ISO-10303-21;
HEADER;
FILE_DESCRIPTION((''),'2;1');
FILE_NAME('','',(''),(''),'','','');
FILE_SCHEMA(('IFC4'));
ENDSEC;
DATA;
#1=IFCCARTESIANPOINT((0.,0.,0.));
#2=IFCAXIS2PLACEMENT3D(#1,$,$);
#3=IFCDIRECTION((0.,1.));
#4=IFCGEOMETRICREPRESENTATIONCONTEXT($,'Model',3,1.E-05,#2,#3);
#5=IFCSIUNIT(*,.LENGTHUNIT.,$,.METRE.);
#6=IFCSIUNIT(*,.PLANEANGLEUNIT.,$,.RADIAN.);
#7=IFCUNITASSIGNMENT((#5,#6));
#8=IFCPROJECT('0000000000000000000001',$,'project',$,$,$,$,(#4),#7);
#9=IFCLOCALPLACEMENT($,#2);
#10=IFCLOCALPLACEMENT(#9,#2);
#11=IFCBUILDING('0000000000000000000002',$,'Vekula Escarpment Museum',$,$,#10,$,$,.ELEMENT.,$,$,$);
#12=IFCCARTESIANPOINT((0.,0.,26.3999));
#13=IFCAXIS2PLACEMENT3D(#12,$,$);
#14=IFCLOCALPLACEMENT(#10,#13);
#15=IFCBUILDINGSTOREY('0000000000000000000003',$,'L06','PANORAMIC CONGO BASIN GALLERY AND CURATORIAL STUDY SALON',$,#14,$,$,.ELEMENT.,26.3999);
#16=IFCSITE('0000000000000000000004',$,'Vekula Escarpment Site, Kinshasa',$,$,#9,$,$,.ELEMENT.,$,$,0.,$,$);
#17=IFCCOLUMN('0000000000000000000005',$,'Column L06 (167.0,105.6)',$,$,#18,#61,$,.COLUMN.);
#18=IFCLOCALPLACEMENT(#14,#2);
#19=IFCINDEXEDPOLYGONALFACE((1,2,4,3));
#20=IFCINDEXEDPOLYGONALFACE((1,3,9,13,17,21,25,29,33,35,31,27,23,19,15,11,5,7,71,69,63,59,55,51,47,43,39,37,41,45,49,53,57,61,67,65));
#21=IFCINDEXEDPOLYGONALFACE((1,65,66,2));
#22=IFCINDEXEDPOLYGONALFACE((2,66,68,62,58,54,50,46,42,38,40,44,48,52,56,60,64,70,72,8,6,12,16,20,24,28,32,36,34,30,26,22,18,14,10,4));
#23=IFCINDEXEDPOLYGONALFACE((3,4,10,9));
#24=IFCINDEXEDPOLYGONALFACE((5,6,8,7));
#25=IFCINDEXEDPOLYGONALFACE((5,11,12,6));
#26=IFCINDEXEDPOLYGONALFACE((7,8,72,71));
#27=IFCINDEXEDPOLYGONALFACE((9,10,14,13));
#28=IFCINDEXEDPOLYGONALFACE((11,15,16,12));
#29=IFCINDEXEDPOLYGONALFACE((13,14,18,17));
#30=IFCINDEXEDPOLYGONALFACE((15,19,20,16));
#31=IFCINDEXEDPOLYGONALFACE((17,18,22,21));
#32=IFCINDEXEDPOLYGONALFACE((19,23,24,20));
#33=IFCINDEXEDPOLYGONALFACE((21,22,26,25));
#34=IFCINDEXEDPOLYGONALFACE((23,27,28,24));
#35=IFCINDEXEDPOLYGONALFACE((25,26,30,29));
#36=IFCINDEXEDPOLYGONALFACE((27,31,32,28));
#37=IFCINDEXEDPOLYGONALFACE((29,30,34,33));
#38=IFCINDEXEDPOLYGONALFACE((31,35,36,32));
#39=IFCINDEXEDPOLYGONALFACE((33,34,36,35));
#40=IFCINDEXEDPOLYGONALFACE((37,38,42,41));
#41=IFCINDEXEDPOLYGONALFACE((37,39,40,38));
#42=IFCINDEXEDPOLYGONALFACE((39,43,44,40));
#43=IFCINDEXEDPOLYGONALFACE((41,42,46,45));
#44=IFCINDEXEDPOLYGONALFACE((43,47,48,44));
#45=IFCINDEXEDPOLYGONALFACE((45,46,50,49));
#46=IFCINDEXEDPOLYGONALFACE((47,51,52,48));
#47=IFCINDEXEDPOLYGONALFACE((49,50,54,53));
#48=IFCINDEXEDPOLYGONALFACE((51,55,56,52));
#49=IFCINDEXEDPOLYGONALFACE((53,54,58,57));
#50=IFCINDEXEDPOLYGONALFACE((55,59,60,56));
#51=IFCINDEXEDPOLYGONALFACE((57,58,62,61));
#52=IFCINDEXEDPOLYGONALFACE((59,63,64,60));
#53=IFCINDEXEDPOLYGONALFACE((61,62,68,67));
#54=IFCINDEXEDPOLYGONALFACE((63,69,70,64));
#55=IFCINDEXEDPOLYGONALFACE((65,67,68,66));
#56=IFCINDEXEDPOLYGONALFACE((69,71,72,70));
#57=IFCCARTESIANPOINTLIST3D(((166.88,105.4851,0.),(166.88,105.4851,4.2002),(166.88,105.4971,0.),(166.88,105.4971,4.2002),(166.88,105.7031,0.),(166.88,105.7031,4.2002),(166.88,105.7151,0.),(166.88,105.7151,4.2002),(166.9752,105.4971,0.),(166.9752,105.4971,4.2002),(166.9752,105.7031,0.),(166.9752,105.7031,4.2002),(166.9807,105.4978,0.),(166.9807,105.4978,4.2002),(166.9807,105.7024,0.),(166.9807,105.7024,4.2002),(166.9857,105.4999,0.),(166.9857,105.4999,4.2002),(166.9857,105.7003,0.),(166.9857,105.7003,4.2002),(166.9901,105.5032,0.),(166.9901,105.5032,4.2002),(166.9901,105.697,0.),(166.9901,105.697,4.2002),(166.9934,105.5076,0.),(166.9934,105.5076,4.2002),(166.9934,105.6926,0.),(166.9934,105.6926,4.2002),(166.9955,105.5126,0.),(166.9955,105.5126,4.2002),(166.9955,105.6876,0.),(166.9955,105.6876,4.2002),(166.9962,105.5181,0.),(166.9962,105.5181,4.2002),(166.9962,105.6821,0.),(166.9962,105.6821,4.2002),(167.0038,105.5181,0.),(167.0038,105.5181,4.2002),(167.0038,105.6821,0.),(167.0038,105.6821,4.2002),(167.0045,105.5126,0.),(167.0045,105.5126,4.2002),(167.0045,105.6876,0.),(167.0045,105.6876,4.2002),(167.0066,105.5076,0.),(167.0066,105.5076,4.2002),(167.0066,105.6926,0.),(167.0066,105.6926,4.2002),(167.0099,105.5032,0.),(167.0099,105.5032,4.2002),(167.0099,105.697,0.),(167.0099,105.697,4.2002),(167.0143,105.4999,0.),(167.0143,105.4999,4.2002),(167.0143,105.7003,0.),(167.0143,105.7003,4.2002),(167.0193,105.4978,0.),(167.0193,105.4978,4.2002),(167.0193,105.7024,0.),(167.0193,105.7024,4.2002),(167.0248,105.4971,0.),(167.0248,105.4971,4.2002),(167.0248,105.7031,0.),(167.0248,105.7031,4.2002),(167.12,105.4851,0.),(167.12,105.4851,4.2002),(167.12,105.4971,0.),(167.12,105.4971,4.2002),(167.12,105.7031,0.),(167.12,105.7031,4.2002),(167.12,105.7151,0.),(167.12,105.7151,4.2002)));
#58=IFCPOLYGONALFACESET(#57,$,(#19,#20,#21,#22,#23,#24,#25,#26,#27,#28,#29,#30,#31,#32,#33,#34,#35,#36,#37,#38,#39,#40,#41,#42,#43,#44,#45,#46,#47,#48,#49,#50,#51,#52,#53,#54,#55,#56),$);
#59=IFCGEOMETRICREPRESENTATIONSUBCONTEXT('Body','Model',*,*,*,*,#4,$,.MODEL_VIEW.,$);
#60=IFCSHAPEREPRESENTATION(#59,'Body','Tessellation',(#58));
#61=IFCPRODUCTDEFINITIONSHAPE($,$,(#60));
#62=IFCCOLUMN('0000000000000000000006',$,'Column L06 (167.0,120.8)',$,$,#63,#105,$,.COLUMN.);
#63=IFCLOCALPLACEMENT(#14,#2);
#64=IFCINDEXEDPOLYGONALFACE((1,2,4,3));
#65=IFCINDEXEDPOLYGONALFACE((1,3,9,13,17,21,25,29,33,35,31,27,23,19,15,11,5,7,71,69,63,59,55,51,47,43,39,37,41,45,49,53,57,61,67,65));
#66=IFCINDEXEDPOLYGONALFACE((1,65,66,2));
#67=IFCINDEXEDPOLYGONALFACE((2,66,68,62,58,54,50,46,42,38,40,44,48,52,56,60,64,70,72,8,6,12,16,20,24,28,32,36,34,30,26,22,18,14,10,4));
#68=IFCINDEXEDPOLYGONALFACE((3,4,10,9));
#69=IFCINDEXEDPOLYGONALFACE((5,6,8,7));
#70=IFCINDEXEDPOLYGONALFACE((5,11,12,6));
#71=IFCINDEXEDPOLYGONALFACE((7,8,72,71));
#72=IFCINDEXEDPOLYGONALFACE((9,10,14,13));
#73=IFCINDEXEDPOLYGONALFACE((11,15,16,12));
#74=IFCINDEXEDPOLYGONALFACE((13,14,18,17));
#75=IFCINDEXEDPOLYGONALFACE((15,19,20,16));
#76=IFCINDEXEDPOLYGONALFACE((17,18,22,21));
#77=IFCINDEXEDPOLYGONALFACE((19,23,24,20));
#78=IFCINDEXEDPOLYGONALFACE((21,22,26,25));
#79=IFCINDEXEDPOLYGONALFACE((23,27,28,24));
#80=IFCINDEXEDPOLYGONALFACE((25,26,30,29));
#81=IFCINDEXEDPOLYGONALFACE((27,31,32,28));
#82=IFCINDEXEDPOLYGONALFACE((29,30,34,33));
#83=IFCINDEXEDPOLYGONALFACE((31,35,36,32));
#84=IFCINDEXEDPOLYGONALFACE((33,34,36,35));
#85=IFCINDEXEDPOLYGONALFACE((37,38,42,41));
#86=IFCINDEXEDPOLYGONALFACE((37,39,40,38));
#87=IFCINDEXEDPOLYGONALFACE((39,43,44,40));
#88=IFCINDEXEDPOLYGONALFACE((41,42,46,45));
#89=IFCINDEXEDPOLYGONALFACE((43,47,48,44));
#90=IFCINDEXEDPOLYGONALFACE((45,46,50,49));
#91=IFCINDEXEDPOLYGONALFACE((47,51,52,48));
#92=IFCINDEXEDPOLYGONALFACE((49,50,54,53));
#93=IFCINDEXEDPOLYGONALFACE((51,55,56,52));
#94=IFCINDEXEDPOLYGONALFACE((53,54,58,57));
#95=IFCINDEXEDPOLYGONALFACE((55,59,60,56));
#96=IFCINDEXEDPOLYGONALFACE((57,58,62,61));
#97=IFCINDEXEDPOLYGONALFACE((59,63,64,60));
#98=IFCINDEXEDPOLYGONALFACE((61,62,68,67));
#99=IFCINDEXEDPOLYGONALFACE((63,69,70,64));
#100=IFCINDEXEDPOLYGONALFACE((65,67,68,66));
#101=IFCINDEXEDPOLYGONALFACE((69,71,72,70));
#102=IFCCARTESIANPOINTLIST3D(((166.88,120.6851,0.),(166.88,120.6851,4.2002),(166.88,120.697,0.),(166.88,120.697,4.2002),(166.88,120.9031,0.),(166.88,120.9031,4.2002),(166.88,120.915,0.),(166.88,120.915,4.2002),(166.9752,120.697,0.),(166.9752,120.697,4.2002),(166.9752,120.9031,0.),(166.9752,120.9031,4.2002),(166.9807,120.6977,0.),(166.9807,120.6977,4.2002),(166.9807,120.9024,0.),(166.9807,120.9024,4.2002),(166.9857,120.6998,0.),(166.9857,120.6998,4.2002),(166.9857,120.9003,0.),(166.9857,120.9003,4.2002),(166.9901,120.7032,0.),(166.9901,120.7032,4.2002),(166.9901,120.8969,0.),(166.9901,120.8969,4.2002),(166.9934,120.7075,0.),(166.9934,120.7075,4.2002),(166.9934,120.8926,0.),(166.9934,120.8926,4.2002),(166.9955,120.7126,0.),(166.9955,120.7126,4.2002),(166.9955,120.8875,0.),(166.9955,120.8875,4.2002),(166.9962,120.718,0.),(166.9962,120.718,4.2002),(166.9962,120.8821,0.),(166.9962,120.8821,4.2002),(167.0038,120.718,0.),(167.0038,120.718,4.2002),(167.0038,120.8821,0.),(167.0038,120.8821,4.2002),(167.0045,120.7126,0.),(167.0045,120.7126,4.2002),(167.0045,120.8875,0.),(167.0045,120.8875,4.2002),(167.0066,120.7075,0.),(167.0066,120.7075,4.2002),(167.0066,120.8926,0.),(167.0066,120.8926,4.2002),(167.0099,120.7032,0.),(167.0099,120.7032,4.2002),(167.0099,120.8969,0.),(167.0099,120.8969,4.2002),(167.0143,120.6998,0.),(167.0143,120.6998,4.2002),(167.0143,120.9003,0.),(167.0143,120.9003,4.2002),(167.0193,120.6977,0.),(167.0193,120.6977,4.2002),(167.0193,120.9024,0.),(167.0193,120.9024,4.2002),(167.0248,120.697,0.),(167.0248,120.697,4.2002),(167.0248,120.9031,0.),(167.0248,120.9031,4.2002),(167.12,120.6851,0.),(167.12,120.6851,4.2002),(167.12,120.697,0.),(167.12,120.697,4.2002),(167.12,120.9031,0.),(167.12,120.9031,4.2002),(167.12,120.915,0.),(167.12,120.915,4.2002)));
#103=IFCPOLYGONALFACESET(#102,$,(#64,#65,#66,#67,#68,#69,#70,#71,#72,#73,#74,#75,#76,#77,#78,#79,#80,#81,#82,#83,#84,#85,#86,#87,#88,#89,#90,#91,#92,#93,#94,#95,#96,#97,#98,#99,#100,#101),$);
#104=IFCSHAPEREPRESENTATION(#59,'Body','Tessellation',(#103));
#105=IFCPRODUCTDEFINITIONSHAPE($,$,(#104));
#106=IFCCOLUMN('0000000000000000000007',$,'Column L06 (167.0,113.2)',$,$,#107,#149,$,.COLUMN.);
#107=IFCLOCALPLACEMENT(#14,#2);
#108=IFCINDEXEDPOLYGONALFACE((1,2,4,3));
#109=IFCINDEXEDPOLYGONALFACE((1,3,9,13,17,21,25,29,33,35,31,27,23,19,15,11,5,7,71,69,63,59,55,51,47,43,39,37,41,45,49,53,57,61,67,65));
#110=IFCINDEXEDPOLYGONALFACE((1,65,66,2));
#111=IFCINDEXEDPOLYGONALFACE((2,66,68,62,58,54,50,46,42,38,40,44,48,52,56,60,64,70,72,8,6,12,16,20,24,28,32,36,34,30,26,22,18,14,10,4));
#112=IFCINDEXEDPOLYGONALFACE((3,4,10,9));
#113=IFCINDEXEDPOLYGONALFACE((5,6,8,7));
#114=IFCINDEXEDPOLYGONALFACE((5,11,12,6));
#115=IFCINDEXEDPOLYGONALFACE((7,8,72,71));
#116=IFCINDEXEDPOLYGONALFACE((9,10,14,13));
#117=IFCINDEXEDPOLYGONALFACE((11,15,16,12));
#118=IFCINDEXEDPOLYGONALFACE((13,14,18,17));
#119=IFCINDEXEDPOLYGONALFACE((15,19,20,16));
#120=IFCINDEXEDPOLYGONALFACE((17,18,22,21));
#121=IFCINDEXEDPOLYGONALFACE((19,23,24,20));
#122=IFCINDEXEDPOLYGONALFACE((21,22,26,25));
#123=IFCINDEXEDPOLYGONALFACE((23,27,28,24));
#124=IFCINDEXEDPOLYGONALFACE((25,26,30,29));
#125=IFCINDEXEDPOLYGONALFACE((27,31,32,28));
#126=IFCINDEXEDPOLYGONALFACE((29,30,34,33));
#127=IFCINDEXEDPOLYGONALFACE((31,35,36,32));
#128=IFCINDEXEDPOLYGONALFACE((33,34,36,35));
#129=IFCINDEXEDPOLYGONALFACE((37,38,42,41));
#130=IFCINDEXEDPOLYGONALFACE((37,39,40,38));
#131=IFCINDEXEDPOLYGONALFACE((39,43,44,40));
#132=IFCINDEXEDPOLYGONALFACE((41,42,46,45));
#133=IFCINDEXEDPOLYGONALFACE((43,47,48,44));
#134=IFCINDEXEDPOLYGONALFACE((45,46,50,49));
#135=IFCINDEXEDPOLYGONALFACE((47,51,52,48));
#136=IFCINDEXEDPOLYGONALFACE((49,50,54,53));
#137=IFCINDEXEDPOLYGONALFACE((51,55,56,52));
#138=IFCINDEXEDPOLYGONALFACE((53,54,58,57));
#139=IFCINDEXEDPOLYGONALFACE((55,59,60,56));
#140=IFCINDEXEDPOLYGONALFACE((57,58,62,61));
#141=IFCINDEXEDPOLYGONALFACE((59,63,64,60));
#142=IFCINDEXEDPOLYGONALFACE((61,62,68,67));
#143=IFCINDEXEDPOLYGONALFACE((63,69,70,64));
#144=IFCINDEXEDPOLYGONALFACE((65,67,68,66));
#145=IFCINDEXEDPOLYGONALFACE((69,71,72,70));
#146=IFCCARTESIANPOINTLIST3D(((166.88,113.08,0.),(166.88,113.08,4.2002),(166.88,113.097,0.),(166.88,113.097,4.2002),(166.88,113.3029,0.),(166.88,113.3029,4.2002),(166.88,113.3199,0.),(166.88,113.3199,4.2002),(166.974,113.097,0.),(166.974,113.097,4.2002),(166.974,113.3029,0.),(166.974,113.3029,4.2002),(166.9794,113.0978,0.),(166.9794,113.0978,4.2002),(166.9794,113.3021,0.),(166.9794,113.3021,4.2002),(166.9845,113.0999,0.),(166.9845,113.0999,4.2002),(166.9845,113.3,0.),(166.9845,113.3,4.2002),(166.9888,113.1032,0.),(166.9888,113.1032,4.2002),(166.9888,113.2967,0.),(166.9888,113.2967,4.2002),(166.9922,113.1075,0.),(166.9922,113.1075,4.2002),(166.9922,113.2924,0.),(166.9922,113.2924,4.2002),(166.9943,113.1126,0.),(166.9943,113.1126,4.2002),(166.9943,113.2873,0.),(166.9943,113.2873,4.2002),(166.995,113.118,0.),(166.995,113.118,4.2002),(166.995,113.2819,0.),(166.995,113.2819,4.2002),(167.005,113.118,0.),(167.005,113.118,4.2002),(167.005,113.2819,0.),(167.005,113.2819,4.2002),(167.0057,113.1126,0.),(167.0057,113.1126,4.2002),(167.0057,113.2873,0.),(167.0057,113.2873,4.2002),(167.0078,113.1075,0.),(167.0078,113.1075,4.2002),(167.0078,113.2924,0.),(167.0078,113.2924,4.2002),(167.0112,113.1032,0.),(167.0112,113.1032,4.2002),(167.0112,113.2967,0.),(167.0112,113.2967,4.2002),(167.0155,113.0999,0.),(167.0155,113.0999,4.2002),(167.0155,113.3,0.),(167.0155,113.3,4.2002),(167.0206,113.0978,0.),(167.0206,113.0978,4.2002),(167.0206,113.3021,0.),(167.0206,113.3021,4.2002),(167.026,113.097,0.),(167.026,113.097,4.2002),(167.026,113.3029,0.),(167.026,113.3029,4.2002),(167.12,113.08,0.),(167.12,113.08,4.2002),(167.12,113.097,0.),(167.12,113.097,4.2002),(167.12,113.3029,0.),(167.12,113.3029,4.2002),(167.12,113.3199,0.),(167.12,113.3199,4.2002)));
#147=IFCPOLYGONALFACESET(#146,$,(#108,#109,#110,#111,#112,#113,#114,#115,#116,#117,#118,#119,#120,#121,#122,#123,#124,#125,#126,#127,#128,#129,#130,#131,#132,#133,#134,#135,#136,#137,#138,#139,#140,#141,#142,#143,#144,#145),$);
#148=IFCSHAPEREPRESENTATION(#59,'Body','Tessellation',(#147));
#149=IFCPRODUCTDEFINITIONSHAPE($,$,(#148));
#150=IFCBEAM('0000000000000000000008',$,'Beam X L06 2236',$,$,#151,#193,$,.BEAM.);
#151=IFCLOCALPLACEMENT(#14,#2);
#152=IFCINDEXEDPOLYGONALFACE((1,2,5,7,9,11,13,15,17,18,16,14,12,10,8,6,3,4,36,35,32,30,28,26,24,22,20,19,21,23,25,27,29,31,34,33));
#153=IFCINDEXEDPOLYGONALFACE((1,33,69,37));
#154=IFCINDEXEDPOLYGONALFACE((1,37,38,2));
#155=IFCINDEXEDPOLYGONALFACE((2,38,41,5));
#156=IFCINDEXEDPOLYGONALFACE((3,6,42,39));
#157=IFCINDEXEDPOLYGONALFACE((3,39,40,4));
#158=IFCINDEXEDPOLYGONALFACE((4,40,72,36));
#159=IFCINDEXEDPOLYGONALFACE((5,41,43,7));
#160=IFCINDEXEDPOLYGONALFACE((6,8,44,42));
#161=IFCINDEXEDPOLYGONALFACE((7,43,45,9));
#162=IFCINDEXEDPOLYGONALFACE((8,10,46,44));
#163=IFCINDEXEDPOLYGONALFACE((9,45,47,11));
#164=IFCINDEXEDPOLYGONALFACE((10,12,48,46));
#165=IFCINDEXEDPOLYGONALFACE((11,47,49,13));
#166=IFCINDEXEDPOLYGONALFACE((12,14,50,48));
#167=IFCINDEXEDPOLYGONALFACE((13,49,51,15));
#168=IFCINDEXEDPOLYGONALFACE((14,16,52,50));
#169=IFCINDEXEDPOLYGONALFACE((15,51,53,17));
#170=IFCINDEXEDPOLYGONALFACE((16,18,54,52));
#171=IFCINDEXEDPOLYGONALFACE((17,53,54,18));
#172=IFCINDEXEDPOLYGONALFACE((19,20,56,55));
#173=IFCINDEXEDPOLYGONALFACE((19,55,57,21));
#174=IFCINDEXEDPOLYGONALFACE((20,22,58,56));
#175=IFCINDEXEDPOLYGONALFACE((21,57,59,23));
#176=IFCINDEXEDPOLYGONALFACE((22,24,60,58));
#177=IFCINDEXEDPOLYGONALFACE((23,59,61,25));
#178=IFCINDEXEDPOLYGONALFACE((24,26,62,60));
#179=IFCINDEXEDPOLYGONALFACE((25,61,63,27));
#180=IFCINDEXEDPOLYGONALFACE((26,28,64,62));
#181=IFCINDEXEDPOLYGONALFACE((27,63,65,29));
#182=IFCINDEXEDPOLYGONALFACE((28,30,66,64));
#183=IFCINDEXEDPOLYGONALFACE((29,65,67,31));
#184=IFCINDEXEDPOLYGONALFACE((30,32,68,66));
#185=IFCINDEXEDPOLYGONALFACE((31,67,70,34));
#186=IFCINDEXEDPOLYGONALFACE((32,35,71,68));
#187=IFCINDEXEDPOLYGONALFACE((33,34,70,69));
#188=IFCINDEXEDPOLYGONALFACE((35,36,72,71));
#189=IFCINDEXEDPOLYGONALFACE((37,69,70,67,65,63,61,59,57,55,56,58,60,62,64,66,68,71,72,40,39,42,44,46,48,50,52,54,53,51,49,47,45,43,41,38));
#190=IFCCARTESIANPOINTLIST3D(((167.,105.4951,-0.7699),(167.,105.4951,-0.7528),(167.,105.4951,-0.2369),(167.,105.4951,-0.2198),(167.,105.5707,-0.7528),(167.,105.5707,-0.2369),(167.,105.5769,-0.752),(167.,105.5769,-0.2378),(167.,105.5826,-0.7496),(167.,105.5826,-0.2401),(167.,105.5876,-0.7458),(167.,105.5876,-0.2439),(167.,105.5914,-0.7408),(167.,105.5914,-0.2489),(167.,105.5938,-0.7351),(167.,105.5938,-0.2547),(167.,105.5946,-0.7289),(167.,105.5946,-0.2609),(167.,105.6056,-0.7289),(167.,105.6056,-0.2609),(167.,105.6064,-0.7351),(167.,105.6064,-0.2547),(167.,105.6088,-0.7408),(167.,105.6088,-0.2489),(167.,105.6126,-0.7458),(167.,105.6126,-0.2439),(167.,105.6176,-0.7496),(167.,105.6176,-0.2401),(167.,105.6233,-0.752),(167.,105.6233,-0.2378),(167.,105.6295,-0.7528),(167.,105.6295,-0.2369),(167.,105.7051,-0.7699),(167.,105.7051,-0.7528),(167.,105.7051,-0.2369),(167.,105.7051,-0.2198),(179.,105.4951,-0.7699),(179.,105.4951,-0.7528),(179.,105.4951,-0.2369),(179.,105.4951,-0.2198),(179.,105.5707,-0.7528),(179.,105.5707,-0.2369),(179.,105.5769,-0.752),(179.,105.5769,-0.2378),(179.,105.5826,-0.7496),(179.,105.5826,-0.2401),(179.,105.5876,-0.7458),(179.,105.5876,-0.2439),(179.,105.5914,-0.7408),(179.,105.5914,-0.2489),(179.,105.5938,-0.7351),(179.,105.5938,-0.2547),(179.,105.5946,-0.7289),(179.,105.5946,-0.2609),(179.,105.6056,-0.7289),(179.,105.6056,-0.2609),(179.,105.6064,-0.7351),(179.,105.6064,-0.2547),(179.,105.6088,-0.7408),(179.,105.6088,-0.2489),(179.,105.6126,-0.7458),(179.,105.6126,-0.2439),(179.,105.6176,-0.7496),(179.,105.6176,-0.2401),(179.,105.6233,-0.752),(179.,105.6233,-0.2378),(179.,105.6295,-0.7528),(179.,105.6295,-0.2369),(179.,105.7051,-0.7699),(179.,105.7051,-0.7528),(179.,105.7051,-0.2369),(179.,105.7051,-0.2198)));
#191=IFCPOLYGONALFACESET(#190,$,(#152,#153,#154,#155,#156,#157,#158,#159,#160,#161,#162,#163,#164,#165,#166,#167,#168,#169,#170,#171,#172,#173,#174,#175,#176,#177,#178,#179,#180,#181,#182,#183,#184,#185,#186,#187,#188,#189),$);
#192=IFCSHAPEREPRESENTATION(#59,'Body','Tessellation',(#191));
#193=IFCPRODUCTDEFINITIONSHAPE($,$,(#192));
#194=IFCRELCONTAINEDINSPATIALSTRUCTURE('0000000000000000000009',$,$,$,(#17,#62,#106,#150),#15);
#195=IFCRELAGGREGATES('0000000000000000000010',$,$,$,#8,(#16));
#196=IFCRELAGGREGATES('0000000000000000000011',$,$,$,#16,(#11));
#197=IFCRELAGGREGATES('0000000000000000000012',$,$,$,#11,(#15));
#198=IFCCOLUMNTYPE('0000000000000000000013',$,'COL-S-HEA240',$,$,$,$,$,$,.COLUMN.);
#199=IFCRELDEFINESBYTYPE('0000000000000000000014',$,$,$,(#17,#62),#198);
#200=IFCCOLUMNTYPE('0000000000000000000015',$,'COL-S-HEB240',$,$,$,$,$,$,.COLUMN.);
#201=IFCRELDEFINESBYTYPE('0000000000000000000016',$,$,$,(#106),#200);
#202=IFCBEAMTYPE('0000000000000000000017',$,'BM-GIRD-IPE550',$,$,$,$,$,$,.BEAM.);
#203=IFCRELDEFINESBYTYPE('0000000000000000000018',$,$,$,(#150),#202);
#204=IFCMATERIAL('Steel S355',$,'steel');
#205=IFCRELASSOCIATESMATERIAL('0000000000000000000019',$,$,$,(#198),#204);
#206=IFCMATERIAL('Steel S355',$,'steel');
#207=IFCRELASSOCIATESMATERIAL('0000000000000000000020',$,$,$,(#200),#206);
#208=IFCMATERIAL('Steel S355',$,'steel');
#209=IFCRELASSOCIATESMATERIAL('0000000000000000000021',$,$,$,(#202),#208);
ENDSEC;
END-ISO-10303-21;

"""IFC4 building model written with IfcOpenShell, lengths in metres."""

from ifc_helpers import new_model, si_unit, direction, frame, origin, origin_2d, place, context, subcontext, project, spatial, i_section, extrude, material, material_profile, profile_set, type_object, element, save


model = new_model("IFC4")

# Units and contexts
model_context = context("Model", 3, precision=1e-05, world=origin(), true_north=direction((0.0, 1.0)))
body_context = subcontext(model_context, "Body", "Model", "MODEL_VIEW")
ifc_project = project(units=[si_unit("LENGTHUNIT", "METRE"), si_unit("PLANEANGLEUNIT", "RADIAN")], contexts=[model_context])

# Site, building, storey
site_placement = place(None, origin())
site = spatial("IfcSite", under=ifc_project, at=site_placement, Name="Vekula Escarpment Site, Kinshasa", CompositionType="ELEMENT", RefElevation=0.0)
building_placement = place(site_placement, origin())
building = spatial("IfcBuilding", under=site, at=building_placement, Name="Vekula Escarpment Museum", CompositionType="ELEMENT")
storey_placement = place(building_placement, frame((0.0, 0.0, 26.3999)))
storey = spatial("IfcBuildingStorey", under=building, at=storey_placement, Name="L06", Description="PANORAMIC CONGO BASIN GALLERY AND CURATORIAL STUDY SALON", CompositionType="ELEMENT", Elevation=26.3999)

# Columns
ifc_material_1 = material(Name="Steel S355", Category="steel")
ifc_material_profile_1 = material_profile(ifc_material_1, i_section(OverallWidth=0.24, OverallDepth=0.23, WebThickness=0.0076, FlangeThickness=0.012, FilletRadius=0.021, at=origin_2d()), Name="HEA 240")
ifc_profile_set_1 = profile_set([ifc_material_profile_1], Name="Steel S355")
column_type_1 = type_object("IfcColumnType", Name="COL-S-HEA240", PredefinedType="COLUMN", material=ifc_profile_set_1)
for number, where, z_axis, x_axis, name in (
    (1, (167.0, 105.6001, 0.0), (0.0, 0.0, 1.0), (1.0, 0.0, 0.0), "Column L06 (167.0,105.6)"),
    (2, (167.0, 120.8, 0.0), (0.0, 0.0, 1.0), (1.0, 0.0, 0.0), "Column L06 (167.0,120.8)"),
):
    element("IfcColumn", number, at=place(storey_placement, frame(where, z_axis=z_axis, x_axis=x_axis)), inside=storey, type_object=column_type_1, Name=name, PredefinedType="COLUMN", context=body_context, shape_type="SweptSolid", body=[
        extrude(i_section(OverallWidth=0.24, OverallDepth=0.23, WebThickness=0.0076, FlangeThickness=0.012, FilletRadius=0.021, at=origin_2d()), origin(), (0.0, 0.0, 1.0), 4.2002),
    ])
ifc_material_2 = material(Name="Steel S355", Category="steel")
ifc_material_profile_2 = material_profile(ifc_material_2, i_section(OverallWidth=0.24, OverallDepth=0.24, WebThickness=0.01, FlangeThickness=0.0171, FilletRadius=0.021, at=origin_2d()), Name="HEB 240")
ifc_profile_set_2 = profile_set([ifc_material_profile_2], Name="Steel S355")
column_type_2 = type_object("IfcColumnType", Name="COL-S-HEB240", PredefinedType="COLUMN", material=ifc_profile_set_2)
column_placement = place(storey_placement, frame((167.0, 113.2, 0.0), z_axis=(0.0, 0.0, 1.0), x_axis=(1.0, 0.0, 0.0)))
element("IfcColumn", 3, at=column_placement, inside=storey, type_object=column_type_2, Name="Column L06 (167.0,113.2)", PredefinedType="COLUMN", context=body_context, shape_type="SweptSolid", body=[
    extrude(i_section(OverallWidth=0.24, OverallDepth=0.24, WebThickness=0.01, FlangeThickness=0.0171, FilletRadius=0.021, at=origin_2d()), origin(), (0.0, 0.0, 1.0), 4.2002),
])

# Beam
ifc_material_3 = material(Name="Steel S355", Category="steel")
ifc_material_profile_3 = material_profile(ifc_material_3, i_section(OverallWidth=0.21, OverallDepth=0.55, WebThickness=0.011, FlangeThickness=0.0171, FilletRadius=0.0239, at=origin_2d()), Name="IPE 550")
ifc_profile_set_3 = profile_set([ifc_material_profile_3], Name="Steel S355")
beam_type_1 = type_object("IfcBeamType", Name="BM-GIRD-IPE550", PredefinedType="BEAM", material=ifc_profile_set_3)
for number, where, z_axis, x_axis, name in (
    (4, (167.0, 105.6001, -0.4949), (1.0, 0.0, 0.0), (0.0, 1.0, 0.0), "Beam X L06 2236"),
):
    element("IfcBeam", number, at=place(storey_placement, frame(where, z_axis=z_axis, x_axis=x_axis)), inside=storey, type_object=beam_type_1, Name=name, PredefinedType="BEAM", context=body_context, shape_type="SweptSolid", body=[
        extrude(i_section(OverallWidth=0.21, OverallDepth=0.55, WebThickness=0.011, FlangeThickness=0.0171, FilletRadius=0.0239, at=origin_2d()), origin(), (0.0, 0.0, 1.0), 12.0),
    ])

save(model, "model.ifc")
